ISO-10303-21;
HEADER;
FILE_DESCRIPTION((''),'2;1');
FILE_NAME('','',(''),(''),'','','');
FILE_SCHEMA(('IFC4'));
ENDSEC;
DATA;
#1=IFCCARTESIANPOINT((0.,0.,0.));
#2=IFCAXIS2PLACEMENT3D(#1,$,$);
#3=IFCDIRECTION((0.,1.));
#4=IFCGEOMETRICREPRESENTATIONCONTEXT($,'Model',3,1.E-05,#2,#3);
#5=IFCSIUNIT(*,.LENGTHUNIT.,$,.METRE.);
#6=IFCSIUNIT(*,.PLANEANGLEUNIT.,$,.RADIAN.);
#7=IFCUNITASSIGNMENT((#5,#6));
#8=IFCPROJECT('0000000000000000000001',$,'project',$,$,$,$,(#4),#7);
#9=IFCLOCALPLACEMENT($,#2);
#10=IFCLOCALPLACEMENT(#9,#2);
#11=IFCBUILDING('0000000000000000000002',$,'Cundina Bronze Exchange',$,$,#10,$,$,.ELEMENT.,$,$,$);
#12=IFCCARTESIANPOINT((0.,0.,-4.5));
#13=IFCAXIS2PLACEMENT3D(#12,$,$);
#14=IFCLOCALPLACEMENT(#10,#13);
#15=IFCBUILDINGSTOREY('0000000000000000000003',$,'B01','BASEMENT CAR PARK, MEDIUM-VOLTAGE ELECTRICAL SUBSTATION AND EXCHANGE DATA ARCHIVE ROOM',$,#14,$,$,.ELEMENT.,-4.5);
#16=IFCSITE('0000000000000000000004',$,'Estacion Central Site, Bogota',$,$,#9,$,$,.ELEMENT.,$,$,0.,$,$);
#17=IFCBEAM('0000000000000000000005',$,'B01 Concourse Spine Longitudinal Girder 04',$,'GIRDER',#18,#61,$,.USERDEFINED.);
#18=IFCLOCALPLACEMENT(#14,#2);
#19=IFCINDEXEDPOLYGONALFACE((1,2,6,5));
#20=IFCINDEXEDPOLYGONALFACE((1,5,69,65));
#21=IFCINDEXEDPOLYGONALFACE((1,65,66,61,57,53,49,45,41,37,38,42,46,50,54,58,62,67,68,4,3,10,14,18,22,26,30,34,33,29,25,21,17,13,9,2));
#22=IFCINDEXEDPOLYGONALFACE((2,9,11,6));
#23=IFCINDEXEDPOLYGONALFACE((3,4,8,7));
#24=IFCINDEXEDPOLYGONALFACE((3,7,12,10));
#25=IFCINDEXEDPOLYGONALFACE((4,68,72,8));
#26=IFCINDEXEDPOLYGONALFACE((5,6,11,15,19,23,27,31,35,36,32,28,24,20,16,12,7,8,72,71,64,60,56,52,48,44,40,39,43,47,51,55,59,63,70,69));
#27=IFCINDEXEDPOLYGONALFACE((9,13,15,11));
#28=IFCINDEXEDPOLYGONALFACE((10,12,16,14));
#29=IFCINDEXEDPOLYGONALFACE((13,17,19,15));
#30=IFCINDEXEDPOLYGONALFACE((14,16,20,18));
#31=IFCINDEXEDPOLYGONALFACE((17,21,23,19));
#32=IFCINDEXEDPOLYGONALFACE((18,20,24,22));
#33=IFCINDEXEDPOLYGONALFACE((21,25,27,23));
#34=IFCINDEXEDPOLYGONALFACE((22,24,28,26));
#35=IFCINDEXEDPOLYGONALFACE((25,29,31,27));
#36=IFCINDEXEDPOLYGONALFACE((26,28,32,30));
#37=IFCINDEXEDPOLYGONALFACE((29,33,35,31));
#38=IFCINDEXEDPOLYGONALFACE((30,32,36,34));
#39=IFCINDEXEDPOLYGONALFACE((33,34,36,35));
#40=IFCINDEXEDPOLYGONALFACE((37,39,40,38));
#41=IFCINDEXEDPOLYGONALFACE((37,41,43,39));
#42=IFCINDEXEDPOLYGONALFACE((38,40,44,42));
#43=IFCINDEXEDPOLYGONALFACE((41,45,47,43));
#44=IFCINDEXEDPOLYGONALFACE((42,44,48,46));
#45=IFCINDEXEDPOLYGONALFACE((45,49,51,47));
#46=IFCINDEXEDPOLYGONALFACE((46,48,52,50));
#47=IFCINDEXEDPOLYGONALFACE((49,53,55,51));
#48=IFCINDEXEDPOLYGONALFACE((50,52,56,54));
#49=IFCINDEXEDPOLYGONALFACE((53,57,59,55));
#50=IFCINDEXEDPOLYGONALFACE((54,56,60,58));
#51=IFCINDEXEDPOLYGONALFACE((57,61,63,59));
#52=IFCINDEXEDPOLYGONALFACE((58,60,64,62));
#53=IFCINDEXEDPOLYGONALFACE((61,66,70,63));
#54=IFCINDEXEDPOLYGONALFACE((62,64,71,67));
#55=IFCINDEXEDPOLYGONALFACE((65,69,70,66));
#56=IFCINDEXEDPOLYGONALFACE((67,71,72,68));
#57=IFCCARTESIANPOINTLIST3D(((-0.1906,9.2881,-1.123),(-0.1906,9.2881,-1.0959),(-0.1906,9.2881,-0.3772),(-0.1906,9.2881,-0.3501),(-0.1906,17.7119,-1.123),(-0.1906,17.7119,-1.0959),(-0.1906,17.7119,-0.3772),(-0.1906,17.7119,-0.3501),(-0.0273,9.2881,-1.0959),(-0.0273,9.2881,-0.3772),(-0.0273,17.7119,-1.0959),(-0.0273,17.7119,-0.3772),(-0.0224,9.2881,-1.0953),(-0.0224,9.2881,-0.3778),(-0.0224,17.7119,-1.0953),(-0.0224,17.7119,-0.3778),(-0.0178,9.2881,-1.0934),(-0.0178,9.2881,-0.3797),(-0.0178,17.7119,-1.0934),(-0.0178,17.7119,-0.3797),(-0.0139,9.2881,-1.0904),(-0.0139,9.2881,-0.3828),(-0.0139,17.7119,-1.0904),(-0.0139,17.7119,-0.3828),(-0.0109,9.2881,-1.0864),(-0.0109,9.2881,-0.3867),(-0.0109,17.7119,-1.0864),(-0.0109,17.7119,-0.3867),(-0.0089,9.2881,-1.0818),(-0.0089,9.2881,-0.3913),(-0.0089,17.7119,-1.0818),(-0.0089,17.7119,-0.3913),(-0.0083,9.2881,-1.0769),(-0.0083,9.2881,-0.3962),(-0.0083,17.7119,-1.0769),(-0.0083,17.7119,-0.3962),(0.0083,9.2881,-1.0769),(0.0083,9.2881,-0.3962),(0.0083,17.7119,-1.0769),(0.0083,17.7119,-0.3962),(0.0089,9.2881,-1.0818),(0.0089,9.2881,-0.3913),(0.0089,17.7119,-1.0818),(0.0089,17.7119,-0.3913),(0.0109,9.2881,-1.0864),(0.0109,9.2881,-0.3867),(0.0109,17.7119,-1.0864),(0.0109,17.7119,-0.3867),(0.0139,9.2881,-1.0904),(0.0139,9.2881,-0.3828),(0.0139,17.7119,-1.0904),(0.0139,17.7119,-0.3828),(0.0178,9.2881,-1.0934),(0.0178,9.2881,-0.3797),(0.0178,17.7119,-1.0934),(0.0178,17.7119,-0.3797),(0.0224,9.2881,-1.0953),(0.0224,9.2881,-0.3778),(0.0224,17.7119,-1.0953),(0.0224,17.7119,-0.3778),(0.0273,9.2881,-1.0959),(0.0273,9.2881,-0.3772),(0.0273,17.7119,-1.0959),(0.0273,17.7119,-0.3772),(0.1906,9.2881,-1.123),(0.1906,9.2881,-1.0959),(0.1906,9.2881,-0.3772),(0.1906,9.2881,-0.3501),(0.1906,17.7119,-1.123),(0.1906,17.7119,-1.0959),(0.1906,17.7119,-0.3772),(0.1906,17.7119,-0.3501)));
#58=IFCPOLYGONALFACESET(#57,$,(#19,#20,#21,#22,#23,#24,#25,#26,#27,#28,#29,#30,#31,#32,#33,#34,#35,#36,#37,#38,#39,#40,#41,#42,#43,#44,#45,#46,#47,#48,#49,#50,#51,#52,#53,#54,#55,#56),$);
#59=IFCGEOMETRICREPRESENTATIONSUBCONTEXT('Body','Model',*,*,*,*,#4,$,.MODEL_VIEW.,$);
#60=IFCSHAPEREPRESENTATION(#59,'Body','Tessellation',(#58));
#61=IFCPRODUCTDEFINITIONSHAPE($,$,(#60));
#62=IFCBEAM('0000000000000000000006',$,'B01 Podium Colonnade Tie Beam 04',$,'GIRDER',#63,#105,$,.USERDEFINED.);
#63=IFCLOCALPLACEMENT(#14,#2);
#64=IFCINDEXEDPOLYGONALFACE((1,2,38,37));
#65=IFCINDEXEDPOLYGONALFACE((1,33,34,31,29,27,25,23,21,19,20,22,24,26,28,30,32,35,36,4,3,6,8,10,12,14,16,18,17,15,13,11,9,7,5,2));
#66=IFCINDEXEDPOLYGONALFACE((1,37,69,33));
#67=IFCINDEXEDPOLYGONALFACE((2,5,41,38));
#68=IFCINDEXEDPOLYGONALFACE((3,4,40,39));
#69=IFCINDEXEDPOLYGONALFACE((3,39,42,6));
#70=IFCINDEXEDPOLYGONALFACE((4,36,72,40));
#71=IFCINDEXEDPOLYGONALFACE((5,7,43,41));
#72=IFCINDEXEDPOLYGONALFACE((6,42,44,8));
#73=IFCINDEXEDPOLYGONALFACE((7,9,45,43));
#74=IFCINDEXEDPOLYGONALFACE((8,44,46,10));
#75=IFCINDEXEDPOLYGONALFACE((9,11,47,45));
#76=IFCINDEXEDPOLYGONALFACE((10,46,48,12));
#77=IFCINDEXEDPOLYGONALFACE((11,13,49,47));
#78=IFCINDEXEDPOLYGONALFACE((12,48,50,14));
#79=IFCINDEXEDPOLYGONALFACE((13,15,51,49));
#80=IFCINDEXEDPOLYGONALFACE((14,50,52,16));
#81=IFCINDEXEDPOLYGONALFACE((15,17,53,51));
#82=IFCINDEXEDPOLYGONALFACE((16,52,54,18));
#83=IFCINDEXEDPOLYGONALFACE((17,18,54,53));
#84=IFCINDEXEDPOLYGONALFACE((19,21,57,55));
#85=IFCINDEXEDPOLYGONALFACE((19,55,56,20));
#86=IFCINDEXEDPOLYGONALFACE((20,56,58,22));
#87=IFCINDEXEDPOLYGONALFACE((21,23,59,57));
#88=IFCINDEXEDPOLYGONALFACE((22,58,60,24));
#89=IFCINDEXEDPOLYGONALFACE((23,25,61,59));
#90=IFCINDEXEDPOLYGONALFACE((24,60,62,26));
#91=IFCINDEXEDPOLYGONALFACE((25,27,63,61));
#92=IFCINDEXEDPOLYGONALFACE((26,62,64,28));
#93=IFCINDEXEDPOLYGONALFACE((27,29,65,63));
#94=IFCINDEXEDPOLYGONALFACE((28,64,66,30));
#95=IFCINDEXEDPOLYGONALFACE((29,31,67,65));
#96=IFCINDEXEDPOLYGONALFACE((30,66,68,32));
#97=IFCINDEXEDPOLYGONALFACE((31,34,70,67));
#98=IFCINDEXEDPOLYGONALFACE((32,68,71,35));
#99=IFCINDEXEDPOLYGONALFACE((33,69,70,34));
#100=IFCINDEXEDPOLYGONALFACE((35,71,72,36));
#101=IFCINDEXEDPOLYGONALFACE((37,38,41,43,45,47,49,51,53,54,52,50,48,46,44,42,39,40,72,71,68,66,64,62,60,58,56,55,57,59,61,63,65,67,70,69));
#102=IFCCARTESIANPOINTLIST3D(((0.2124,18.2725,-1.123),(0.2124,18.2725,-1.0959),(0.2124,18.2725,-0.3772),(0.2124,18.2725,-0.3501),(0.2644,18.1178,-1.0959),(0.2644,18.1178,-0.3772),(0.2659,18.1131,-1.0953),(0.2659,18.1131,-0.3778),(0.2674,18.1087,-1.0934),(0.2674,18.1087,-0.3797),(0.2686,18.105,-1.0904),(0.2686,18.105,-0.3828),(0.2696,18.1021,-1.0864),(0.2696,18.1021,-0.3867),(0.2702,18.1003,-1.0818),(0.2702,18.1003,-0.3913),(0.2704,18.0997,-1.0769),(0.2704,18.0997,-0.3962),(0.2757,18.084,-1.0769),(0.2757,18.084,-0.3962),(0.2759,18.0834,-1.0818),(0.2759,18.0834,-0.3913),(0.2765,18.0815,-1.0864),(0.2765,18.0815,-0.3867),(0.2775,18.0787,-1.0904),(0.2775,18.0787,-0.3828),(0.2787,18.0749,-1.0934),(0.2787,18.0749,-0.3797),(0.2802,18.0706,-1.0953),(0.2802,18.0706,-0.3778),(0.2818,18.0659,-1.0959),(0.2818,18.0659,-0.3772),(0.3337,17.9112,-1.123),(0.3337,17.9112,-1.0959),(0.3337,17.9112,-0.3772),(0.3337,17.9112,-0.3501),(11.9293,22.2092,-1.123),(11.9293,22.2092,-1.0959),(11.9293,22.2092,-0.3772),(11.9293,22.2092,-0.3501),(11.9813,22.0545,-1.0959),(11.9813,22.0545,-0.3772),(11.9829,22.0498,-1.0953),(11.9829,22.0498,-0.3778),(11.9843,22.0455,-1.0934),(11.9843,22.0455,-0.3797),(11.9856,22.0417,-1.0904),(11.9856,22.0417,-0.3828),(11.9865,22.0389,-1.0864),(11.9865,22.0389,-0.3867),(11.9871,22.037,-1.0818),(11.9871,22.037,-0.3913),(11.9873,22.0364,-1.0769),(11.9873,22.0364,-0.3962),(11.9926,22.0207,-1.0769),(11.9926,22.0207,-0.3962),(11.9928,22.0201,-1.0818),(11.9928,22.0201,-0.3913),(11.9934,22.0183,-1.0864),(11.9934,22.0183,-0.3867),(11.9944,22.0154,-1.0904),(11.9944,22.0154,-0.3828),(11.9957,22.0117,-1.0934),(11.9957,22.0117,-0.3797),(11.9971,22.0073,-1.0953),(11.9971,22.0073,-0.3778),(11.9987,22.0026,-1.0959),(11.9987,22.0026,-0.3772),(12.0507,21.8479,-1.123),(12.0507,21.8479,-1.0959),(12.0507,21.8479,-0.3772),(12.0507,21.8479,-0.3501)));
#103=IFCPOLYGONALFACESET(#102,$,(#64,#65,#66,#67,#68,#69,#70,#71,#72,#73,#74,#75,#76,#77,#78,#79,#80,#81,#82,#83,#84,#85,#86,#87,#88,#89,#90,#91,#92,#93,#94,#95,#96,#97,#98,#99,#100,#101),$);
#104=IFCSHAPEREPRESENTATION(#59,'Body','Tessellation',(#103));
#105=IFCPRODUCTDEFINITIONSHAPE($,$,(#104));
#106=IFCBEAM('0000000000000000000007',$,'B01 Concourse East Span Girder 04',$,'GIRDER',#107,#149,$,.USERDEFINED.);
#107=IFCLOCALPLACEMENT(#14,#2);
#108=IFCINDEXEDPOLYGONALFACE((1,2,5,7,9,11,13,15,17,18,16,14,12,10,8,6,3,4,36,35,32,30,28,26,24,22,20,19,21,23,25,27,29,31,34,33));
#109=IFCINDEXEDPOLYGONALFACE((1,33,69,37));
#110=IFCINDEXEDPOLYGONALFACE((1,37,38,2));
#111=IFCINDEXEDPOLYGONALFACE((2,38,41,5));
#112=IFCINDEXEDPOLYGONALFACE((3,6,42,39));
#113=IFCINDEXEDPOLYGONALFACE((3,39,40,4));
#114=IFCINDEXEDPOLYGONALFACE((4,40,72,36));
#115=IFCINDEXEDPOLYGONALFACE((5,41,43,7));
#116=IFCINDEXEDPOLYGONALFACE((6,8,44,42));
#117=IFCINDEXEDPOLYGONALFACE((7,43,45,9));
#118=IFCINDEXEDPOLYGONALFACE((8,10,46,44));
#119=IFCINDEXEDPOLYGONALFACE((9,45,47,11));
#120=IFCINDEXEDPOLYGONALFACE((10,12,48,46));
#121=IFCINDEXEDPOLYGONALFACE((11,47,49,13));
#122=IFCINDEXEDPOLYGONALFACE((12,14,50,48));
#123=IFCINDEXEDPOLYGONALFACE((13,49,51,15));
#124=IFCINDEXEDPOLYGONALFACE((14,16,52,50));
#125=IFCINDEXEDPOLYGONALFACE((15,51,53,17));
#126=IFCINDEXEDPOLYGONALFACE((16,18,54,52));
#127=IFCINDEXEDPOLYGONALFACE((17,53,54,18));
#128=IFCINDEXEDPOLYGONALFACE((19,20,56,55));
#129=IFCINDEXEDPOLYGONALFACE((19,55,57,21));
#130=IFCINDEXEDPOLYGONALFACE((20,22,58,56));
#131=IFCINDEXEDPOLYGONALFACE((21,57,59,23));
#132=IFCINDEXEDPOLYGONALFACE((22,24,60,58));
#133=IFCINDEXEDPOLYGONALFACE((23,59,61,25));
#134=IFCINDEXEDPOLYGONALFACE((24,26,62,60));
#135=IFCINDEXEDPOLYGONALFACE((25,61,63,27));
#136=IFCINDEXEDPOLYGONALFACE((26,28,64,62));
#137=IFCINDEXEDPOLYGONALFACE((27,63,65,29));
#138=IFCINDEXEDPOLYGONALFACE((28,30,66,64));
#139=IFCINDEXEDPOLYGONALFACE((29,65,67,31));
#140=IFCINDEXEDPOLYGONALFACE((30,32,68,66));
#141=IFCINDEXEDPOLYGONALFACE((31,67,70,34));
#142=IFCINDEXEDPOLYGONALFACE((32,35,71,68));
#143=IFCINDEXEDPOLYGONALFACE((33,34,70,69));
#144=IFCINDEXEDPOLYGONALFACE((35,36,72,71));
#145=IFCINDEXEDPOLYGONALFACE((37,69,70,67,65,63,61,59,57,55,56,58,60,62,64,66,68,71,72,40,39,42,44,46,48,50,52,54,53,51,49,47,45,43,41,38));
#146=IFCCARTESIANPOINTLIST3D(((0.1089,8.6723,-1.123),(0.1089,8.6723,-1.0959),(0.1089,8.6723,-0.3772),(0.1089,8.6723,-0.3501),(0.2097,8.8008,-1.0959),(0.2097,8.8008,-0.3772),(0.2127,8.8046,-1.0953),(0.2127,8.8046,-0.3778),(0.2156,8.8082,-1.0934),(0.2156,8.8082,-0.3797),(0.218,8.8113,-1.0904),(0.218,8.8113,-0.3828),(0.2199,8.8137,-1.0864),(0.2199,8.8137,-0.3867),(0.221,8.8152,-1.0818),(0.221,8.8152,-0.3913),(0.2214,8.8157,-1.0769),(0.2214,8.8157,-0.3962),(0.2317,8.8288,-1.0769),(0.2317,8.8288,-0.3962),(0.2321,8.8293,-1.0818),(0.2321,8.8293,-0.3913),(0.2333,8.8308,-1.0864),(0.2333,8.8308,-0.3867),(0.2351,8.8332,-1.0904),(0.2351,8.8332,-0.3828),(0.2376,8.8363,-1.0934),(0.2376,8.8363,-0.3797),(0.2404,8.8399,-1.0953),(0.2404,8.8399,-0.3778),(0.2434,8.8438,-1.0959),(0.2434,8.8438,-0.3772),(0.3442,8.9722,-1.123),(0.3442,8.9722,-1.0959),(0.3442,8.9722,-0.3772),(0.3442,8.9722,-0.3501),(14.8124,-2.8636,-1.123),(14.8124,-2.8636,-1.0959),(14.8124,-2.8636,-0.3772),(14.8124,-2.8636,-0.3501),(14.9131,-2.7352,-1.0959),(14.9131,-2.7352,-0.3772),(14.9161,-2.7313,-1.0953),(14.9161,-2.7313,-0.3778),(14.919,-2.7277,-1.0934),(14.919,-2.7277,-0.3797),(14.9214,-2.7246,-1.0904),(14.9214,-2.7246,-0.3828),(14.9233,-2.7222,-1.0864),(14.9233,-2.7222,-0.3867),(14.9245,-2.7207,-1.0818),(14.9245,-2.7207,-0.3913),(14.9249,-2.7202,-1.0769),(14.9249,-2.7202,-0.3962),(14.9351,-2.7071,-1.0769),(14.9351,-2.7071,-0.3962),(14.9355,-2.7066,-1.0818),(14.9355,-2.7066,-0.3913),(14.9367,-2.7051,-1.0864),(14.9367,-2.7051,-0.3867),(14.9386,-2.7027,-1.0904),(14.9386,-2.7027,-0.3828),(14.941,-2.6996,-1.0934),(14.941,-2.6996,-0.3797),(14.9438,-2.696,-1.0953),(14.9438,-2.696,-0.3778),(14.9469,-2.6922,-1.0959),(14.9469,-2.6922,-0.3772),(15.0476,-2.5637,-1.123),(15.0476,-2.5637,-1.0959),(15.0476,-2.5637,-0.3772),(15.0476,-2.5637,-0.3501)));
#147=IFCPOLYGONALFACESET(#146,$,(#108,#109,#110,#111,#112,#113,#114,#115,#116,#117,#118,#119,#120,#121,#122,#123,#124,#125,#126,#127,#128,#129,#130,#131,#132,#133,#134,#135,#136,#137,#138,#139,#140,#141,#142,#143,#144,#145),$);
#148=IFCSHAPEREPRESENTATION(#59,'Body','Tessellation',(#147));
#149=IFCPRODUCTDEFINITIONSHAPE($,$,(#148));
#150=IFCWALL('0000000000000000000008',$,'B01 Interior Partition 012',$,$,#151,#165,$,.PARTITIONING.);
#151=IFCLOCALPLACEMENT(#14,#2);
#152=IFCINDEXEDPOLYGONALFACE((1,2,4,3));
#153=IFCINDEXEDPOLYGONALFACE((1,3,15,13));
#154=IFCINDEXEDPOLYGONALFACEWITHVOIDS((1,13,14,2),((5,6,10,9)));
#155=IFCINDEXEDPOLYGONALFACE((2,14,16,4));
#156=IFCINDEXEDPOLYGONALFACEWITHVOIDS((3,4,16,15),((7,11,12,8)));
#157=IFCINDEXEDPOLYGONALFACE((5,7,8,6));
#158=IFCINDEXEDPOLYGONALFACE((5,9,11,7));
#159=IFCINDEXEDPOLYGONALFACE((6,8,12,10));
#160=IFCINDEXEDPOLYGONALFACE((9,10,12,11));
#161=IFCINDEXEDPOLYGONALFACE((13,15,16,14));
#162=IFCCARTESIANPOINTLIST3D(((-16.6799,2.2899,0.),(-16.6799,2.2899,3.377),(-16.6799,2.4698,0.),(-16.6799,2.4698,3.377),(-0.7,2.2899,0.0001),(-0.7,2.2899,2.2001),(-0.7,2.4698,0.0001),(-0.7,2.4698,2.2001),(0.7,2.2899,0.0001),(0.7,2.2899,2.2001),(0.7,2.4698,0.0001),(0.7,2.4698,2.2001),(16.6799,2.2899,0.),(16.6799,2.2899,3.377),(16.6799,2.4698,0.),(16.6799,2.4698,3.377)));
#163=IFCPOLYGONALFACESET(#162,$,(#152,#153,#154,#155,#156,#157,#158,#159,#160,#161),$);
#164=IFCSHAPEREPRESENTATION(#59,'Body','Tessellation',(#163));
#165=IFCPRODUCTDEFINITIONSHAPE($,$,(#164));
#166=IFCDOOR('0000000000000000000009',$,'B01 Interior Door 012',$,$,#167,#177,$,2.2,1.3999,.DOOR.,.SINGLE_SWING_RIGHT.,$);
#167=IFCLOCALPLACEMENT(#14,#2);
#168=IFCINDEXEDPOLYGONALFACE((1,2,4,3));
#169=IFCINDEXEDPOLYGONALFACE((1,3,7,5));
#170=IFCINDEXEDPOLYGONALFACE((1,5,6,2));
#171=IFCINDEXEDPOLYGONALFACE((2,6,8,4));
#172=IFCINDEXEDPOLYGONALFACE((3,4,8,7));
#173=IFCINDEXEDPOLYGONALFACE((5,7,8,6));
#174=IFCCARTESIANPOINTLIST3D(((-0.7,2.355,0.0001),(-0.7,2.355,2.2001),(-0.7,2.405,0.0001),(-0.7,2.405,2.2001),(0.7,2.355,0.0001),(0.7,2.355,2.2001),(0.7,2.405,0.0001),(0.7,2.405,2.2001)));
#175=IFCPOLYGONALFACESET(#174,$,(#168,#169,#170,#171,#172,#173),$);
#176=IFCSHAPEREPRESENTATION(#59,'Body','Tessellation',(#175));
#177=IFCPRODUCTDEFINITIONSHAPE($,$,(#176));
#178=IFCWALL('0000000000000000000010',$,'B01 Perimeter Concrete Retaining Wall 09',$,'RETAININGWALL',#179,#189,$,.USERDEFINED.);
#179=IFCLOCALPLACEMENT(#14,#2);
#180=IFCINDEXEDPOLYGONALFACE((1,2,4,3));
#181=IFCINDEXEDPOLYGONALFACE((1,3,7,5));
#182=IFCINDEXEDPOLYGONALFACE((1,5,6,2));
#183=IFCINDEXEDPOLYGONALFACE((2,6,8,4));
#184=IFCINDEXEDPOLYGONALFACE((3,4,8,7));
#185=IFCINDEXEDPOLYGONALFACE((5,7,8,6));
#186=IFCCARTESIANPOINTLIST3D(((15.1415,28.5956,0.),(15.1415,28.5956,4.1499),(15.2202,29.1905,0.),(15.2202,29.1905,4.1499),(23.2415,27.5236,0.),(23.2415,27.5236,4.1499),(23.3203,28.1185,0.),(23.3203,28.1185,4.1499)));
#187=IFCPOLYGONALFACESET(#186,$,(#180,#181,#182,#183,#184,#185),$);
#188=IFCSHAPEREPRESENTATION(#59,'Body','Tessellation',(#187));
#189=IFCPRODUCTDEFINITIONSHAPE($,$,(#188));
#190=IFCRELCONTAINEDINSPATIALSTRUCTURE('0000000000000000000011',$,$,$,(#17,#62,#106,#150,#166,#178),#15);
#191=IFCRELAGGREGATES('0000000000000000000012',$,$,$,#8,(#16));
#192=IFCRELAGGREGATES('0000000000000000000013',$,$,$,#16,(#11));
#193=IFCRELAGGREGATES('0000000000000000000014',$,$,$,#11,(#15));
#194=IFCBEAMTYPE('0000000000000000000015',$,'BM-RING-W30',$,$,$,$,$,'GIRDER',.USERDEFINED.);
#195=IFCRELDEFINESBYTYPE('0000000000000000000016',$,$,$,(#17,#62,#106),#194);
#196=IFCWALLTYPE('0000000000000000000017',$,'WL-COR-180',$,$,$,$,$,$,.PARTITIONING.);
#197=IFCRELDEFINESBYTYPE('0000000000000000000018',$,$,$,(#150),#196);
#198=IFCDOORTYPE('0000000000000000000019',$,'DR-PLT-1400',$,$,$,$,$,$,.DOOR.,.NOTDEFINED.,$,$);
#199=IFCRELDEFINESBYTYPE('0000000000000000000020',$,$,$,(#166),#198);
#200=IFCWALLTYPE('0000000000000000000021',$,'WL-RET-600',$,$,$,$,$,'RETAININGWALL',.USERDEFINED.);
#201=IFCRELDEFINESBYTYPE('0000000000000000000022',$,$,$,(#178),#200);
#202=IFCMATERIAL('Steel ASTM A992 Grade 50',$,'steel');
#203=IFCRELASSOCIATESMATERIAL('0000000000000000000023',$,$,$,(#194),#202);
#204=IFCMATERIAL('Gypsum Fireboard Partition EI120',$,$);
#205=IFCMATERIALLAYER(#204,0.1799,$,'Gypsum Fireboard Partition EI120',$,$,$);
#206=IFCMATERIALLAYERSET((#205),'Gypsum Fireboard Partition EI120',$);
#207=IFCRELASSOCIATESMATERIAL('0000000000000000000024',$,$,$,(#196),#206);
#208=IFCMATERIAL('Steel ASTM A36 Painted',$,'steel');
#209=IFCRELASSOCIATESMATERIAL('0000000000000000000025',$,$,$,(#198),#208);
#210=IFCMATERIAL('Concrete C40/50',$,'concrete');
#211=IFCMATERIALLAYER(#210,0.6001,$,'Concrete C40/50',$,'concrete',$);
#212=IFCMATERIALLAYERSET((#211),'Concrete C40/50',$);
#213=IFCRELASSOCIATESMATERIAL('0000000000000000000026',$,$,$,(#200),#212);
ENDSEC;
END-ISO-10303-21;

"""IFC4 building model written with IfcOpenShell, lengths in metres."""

from ifc_helpers import new_model, si_unit, direction, frame, frame_2d, origin, origin_2d, place, context, subcontext, project, spatial, rectangle, i_section, extrude, material, layer, layer_set, material_profile, profile_set, type_object, element, fill, save


model = new_model("IFC4")

# Units and contexts
model_context = context("Model", 3, precision=1e-05, world=origin(), true_north=direction((0.0, 1.0)))
body_context = subcontext(model_context, "Body", "Model", "MODEL_VIEW")
ifc_project = project(units=[si_unit("LENGTHUNIT", "METRE"), si_unit("PLANEANGLEUNIT", "RADIAN")], contexts=[model_context])

# Site, building, storey
site_placement = place(None, origin())
site = spatial("IfcSite", under=ifc_project, at=site_placement, Name="Estacion Central Site, Bogota", CompositionType="ELEMENT", RefElevation=0.0)
building_placement = place(site_placement, origin())
building = spatial("IfcBuilding", under=site, at=building_placement, Name="Cundina Bronze Exchange", CompositionType="ELEMENT")
storey_placement = place(building_placement, frame((0.0, 0.0, -4.5)))
storey = spatial("IfcBuildingStorey", under=building, at=storey_placement, Name="B01", Description="BASEMENT CAR PARK, MEDIUM-VOLTAGE ELECTRICAL SUBSTATION AND EXCHANGE DATA ARCHIVE ROOM", CompositionType="ELEMENT", Elevation=-4.5)

# Beams
ifc_material_1 = material(Name="Steel ASTM A992 Grade 50", Category="steel")
ifc_material_profile_1 = material_profile(ifc_material_1, i_section(OverallWidth=0.3811, OverallDepth=0.7729, WebThickness=0.0166, FlangeThickness=0.0271, FilletRadius=0.019, at=origin_2d()), Name="W30X173", Category="steel")
ifc_profile_set_1 = profile_set([ifc_material_profile_1], Name="Steel ASTM A992 Grade 50")
beam_type_1 = type_object("IfcBeamType", Name="BM-RING-W30", ElementType="GIRDER", PredefinedType="USERDEFINED", material=ifc_profile_set_1)
beam_1_placement = place(storey_placement, frame((0.0, 9.2881, -0.7366), z_axis=(0.0, 1.0, 0.0), x_axis=(-1.0, 0.0, 0.0)))
element("IfcBeam", 1, at=beam_1_placement, inside=storey, type_object=beam_type_1, Name="B01 Concourse Spine Longitudinal Girder 04", ObjectType="GIRDER", PredefinedType="USERDEFINED", context=body_context, shape_type="SweptSolid", body=[
    extrude(i_section(OverallWidth=0.3811, OverallDepth=0.7729, WebThickness=0.0166, FlangeThickness=0.0271, FilletRadius=0.019, at=origin_2d()), origin(), (0.0, 0.0, 1.0), 8.4238),
])
beam_2_placement = place(storey_placement, frame((11.99, 22.0286, -0.7366), z_axis=(-0.947926, -0.31849, 0.0), x_axis=(0.31849, -0.947926, 0.0)))
element("IfcBeam", 2, at=beam_2_placement, inside=storey, type_object=beam_type_1, Name="B01 Podium Colonnade Tie Beam 04", ObjectType="GIRDER", PredefinedType="USERDEFINED", context=body_context, shape_type="SweptSolid", body=[
    extrude(i_section(OverallWidth=0.3811, OverallDepth=0.7729, WebThickness=0.0166, FlangeThickness=0.0271, FilletRadius=0.019, at=origin_2d()), origin(), (0.0, 0.0, 1.0), 12.3606),
])
beam_3_placement = place(storey_placement, frame((0.2266, 8.8223, -0.7366), z_axis=(0.786754, -0.617267, 0.0), x_axis=(0.617267, 0.786754, 0.0)))
element("IfcBeam", 3, at=beam_3_placement, inside=storey, type_object=beam_type_1, Name="B01 Concourse East Span Girder 04", ObjectType="GIRDER", PredefinedType="USERDEFINED", context=body_context, shape_type="SweptSolid", body=[
    extrude(i_section(OverallWidth=0.3811, OverallDepth=0.7729, WebThickness=0.0166, FlangeThickness=0.0271, FilletRadius=0.019, at=origin_2d()), origin(), (0.0, 0.0, 1.0), 18.6887),
])

# Wall, opening, door
ifc_material_2 = material(Name="Gypsum Fireboard Partition EI120")
ifc_layer_1 = layer(ifc_material_2, 0.1799, Name="Gypsum Fireboard Partition EI120")
ifc_layer_set_1 = layer_set([ifc_layer_1], Name="Gypsum Fireboard Partition EI120")
wall_type_1 = type_object("IfcWallType", Name="WL-COR-180", PredefinedType="PARTITIONING", material=ifc_layer_set_1)
wall_1_placement = place(storey_placement, frame((16.6799, 2.3799, 0.0), z_axis=(0.0, 0.0, 1.0), x_axis=(-1.0, 0.0, 0.0)))
wall_1 = element("IfcWall", 4, at=wall_1_placement, inside=storey, type_object=wall_type_1, Name="B01 Interior Partition 012", PredefinedType="PARTITIONING", context=body_context, shape_type="SweptSolid", body=[
    extrude(rectangle(XDim=33.3599, YDim=0.1799, at=frame_2d((16.6799, 0.0))), origin(), (0.0, 0.0, 1.0), 3.377),
])
opening_placement = place(wall_1_placement, frame((15.98, 0.0, 0.0)))
opening = element("IfcOpeningElement", 5, at=opening_placement, cuts=wall_1, PredefinedType="OPENING", context=body_context, shape_type="SweptSolid", body=[
    extrude(rectangle(XDim=1.3999, YDim=2.2, at=frame_2d((0.7, 1.1001))), frame((0.0, 0.0999, 0.0), z_axis=(0.0, -1.0, 0.0), x_axis=(1.0, 0.0, 0.0)), (0.0, 0.0, 1.0), 0.2),
])
ifc_material_3 = material(Name="Steel ASTM A36 Painted", Category="steel")
door_type = type_object("IfcDoorType", Name="DR-PLT-1400", OperationType="NOTDEFINED", PredefinedType="DOOR", material=ifc_material_3)
door_placement = place(opening_placement, origin())
door = element("IfcDoor", 6, at=door_placement, inside=storey, type_object=door_type, Name="B01 Interior Door 012", OperationType="SINGLE_SWING_RIGHT", OverallHeight=2.2, OverallWidth=1.3999, PredefinedType="DOOR", context=body_context, shape_type="SweptSolid", body=[
    extrude(rectangle(XDim=1.3999, YDim=2.2, at=frame_2d((0.7, 1.1001))), frame((0.0, 0.0249, 0.0), z_axis=(0.0, -1.0, 0.0), x_axis=(1.0, 0.0, 0.0)), (0.0, 0.0, 1.0), 0.05),
])
fill(opening, door)

# Wall
ifc_material_4 = material(Name="Concrete C40/50", Category="concrete")
ifc_layer_2 = layer(ifc_material_4, 0.6001, Name="Concrete C40/50", Category="concrete")
ifc_layer_set_2 = layer_set([ifc_layer_2], Name="Concrete C40/50")
wall_type_2 = type_object("IfcWallType", Name="WL-RET-600", ElementType="RETAININGWALL", PredefinedType="USERDEFINED", material=ifc_layer_set_2)
wall_2_placement = place(storey_placement, frame((23.281, 27.821, 0.0), z_axis=(0.0, 0.0, 1.0), x_axis=(-0.991356, 0.131203, 0.0)))
element("IfcWall", 7, at=wall_2_placement, inside=storey, type_object=wall_type_2, Name="B01 Perimeter Concrete Retaining Wall 09", ObjectType="RETAININGWALL", PredefinedType="USERDEFINED", context=body_context, shape_type="SweptSolid", body=[
    extrude(rectangle(XDim=8.1707, YDim=0.6001, at=frame_2d((4.0854, 0.0))), origin(), (0.0, 0.0, 1.0), 4.1499),
])

save(model, "model.ifc")
